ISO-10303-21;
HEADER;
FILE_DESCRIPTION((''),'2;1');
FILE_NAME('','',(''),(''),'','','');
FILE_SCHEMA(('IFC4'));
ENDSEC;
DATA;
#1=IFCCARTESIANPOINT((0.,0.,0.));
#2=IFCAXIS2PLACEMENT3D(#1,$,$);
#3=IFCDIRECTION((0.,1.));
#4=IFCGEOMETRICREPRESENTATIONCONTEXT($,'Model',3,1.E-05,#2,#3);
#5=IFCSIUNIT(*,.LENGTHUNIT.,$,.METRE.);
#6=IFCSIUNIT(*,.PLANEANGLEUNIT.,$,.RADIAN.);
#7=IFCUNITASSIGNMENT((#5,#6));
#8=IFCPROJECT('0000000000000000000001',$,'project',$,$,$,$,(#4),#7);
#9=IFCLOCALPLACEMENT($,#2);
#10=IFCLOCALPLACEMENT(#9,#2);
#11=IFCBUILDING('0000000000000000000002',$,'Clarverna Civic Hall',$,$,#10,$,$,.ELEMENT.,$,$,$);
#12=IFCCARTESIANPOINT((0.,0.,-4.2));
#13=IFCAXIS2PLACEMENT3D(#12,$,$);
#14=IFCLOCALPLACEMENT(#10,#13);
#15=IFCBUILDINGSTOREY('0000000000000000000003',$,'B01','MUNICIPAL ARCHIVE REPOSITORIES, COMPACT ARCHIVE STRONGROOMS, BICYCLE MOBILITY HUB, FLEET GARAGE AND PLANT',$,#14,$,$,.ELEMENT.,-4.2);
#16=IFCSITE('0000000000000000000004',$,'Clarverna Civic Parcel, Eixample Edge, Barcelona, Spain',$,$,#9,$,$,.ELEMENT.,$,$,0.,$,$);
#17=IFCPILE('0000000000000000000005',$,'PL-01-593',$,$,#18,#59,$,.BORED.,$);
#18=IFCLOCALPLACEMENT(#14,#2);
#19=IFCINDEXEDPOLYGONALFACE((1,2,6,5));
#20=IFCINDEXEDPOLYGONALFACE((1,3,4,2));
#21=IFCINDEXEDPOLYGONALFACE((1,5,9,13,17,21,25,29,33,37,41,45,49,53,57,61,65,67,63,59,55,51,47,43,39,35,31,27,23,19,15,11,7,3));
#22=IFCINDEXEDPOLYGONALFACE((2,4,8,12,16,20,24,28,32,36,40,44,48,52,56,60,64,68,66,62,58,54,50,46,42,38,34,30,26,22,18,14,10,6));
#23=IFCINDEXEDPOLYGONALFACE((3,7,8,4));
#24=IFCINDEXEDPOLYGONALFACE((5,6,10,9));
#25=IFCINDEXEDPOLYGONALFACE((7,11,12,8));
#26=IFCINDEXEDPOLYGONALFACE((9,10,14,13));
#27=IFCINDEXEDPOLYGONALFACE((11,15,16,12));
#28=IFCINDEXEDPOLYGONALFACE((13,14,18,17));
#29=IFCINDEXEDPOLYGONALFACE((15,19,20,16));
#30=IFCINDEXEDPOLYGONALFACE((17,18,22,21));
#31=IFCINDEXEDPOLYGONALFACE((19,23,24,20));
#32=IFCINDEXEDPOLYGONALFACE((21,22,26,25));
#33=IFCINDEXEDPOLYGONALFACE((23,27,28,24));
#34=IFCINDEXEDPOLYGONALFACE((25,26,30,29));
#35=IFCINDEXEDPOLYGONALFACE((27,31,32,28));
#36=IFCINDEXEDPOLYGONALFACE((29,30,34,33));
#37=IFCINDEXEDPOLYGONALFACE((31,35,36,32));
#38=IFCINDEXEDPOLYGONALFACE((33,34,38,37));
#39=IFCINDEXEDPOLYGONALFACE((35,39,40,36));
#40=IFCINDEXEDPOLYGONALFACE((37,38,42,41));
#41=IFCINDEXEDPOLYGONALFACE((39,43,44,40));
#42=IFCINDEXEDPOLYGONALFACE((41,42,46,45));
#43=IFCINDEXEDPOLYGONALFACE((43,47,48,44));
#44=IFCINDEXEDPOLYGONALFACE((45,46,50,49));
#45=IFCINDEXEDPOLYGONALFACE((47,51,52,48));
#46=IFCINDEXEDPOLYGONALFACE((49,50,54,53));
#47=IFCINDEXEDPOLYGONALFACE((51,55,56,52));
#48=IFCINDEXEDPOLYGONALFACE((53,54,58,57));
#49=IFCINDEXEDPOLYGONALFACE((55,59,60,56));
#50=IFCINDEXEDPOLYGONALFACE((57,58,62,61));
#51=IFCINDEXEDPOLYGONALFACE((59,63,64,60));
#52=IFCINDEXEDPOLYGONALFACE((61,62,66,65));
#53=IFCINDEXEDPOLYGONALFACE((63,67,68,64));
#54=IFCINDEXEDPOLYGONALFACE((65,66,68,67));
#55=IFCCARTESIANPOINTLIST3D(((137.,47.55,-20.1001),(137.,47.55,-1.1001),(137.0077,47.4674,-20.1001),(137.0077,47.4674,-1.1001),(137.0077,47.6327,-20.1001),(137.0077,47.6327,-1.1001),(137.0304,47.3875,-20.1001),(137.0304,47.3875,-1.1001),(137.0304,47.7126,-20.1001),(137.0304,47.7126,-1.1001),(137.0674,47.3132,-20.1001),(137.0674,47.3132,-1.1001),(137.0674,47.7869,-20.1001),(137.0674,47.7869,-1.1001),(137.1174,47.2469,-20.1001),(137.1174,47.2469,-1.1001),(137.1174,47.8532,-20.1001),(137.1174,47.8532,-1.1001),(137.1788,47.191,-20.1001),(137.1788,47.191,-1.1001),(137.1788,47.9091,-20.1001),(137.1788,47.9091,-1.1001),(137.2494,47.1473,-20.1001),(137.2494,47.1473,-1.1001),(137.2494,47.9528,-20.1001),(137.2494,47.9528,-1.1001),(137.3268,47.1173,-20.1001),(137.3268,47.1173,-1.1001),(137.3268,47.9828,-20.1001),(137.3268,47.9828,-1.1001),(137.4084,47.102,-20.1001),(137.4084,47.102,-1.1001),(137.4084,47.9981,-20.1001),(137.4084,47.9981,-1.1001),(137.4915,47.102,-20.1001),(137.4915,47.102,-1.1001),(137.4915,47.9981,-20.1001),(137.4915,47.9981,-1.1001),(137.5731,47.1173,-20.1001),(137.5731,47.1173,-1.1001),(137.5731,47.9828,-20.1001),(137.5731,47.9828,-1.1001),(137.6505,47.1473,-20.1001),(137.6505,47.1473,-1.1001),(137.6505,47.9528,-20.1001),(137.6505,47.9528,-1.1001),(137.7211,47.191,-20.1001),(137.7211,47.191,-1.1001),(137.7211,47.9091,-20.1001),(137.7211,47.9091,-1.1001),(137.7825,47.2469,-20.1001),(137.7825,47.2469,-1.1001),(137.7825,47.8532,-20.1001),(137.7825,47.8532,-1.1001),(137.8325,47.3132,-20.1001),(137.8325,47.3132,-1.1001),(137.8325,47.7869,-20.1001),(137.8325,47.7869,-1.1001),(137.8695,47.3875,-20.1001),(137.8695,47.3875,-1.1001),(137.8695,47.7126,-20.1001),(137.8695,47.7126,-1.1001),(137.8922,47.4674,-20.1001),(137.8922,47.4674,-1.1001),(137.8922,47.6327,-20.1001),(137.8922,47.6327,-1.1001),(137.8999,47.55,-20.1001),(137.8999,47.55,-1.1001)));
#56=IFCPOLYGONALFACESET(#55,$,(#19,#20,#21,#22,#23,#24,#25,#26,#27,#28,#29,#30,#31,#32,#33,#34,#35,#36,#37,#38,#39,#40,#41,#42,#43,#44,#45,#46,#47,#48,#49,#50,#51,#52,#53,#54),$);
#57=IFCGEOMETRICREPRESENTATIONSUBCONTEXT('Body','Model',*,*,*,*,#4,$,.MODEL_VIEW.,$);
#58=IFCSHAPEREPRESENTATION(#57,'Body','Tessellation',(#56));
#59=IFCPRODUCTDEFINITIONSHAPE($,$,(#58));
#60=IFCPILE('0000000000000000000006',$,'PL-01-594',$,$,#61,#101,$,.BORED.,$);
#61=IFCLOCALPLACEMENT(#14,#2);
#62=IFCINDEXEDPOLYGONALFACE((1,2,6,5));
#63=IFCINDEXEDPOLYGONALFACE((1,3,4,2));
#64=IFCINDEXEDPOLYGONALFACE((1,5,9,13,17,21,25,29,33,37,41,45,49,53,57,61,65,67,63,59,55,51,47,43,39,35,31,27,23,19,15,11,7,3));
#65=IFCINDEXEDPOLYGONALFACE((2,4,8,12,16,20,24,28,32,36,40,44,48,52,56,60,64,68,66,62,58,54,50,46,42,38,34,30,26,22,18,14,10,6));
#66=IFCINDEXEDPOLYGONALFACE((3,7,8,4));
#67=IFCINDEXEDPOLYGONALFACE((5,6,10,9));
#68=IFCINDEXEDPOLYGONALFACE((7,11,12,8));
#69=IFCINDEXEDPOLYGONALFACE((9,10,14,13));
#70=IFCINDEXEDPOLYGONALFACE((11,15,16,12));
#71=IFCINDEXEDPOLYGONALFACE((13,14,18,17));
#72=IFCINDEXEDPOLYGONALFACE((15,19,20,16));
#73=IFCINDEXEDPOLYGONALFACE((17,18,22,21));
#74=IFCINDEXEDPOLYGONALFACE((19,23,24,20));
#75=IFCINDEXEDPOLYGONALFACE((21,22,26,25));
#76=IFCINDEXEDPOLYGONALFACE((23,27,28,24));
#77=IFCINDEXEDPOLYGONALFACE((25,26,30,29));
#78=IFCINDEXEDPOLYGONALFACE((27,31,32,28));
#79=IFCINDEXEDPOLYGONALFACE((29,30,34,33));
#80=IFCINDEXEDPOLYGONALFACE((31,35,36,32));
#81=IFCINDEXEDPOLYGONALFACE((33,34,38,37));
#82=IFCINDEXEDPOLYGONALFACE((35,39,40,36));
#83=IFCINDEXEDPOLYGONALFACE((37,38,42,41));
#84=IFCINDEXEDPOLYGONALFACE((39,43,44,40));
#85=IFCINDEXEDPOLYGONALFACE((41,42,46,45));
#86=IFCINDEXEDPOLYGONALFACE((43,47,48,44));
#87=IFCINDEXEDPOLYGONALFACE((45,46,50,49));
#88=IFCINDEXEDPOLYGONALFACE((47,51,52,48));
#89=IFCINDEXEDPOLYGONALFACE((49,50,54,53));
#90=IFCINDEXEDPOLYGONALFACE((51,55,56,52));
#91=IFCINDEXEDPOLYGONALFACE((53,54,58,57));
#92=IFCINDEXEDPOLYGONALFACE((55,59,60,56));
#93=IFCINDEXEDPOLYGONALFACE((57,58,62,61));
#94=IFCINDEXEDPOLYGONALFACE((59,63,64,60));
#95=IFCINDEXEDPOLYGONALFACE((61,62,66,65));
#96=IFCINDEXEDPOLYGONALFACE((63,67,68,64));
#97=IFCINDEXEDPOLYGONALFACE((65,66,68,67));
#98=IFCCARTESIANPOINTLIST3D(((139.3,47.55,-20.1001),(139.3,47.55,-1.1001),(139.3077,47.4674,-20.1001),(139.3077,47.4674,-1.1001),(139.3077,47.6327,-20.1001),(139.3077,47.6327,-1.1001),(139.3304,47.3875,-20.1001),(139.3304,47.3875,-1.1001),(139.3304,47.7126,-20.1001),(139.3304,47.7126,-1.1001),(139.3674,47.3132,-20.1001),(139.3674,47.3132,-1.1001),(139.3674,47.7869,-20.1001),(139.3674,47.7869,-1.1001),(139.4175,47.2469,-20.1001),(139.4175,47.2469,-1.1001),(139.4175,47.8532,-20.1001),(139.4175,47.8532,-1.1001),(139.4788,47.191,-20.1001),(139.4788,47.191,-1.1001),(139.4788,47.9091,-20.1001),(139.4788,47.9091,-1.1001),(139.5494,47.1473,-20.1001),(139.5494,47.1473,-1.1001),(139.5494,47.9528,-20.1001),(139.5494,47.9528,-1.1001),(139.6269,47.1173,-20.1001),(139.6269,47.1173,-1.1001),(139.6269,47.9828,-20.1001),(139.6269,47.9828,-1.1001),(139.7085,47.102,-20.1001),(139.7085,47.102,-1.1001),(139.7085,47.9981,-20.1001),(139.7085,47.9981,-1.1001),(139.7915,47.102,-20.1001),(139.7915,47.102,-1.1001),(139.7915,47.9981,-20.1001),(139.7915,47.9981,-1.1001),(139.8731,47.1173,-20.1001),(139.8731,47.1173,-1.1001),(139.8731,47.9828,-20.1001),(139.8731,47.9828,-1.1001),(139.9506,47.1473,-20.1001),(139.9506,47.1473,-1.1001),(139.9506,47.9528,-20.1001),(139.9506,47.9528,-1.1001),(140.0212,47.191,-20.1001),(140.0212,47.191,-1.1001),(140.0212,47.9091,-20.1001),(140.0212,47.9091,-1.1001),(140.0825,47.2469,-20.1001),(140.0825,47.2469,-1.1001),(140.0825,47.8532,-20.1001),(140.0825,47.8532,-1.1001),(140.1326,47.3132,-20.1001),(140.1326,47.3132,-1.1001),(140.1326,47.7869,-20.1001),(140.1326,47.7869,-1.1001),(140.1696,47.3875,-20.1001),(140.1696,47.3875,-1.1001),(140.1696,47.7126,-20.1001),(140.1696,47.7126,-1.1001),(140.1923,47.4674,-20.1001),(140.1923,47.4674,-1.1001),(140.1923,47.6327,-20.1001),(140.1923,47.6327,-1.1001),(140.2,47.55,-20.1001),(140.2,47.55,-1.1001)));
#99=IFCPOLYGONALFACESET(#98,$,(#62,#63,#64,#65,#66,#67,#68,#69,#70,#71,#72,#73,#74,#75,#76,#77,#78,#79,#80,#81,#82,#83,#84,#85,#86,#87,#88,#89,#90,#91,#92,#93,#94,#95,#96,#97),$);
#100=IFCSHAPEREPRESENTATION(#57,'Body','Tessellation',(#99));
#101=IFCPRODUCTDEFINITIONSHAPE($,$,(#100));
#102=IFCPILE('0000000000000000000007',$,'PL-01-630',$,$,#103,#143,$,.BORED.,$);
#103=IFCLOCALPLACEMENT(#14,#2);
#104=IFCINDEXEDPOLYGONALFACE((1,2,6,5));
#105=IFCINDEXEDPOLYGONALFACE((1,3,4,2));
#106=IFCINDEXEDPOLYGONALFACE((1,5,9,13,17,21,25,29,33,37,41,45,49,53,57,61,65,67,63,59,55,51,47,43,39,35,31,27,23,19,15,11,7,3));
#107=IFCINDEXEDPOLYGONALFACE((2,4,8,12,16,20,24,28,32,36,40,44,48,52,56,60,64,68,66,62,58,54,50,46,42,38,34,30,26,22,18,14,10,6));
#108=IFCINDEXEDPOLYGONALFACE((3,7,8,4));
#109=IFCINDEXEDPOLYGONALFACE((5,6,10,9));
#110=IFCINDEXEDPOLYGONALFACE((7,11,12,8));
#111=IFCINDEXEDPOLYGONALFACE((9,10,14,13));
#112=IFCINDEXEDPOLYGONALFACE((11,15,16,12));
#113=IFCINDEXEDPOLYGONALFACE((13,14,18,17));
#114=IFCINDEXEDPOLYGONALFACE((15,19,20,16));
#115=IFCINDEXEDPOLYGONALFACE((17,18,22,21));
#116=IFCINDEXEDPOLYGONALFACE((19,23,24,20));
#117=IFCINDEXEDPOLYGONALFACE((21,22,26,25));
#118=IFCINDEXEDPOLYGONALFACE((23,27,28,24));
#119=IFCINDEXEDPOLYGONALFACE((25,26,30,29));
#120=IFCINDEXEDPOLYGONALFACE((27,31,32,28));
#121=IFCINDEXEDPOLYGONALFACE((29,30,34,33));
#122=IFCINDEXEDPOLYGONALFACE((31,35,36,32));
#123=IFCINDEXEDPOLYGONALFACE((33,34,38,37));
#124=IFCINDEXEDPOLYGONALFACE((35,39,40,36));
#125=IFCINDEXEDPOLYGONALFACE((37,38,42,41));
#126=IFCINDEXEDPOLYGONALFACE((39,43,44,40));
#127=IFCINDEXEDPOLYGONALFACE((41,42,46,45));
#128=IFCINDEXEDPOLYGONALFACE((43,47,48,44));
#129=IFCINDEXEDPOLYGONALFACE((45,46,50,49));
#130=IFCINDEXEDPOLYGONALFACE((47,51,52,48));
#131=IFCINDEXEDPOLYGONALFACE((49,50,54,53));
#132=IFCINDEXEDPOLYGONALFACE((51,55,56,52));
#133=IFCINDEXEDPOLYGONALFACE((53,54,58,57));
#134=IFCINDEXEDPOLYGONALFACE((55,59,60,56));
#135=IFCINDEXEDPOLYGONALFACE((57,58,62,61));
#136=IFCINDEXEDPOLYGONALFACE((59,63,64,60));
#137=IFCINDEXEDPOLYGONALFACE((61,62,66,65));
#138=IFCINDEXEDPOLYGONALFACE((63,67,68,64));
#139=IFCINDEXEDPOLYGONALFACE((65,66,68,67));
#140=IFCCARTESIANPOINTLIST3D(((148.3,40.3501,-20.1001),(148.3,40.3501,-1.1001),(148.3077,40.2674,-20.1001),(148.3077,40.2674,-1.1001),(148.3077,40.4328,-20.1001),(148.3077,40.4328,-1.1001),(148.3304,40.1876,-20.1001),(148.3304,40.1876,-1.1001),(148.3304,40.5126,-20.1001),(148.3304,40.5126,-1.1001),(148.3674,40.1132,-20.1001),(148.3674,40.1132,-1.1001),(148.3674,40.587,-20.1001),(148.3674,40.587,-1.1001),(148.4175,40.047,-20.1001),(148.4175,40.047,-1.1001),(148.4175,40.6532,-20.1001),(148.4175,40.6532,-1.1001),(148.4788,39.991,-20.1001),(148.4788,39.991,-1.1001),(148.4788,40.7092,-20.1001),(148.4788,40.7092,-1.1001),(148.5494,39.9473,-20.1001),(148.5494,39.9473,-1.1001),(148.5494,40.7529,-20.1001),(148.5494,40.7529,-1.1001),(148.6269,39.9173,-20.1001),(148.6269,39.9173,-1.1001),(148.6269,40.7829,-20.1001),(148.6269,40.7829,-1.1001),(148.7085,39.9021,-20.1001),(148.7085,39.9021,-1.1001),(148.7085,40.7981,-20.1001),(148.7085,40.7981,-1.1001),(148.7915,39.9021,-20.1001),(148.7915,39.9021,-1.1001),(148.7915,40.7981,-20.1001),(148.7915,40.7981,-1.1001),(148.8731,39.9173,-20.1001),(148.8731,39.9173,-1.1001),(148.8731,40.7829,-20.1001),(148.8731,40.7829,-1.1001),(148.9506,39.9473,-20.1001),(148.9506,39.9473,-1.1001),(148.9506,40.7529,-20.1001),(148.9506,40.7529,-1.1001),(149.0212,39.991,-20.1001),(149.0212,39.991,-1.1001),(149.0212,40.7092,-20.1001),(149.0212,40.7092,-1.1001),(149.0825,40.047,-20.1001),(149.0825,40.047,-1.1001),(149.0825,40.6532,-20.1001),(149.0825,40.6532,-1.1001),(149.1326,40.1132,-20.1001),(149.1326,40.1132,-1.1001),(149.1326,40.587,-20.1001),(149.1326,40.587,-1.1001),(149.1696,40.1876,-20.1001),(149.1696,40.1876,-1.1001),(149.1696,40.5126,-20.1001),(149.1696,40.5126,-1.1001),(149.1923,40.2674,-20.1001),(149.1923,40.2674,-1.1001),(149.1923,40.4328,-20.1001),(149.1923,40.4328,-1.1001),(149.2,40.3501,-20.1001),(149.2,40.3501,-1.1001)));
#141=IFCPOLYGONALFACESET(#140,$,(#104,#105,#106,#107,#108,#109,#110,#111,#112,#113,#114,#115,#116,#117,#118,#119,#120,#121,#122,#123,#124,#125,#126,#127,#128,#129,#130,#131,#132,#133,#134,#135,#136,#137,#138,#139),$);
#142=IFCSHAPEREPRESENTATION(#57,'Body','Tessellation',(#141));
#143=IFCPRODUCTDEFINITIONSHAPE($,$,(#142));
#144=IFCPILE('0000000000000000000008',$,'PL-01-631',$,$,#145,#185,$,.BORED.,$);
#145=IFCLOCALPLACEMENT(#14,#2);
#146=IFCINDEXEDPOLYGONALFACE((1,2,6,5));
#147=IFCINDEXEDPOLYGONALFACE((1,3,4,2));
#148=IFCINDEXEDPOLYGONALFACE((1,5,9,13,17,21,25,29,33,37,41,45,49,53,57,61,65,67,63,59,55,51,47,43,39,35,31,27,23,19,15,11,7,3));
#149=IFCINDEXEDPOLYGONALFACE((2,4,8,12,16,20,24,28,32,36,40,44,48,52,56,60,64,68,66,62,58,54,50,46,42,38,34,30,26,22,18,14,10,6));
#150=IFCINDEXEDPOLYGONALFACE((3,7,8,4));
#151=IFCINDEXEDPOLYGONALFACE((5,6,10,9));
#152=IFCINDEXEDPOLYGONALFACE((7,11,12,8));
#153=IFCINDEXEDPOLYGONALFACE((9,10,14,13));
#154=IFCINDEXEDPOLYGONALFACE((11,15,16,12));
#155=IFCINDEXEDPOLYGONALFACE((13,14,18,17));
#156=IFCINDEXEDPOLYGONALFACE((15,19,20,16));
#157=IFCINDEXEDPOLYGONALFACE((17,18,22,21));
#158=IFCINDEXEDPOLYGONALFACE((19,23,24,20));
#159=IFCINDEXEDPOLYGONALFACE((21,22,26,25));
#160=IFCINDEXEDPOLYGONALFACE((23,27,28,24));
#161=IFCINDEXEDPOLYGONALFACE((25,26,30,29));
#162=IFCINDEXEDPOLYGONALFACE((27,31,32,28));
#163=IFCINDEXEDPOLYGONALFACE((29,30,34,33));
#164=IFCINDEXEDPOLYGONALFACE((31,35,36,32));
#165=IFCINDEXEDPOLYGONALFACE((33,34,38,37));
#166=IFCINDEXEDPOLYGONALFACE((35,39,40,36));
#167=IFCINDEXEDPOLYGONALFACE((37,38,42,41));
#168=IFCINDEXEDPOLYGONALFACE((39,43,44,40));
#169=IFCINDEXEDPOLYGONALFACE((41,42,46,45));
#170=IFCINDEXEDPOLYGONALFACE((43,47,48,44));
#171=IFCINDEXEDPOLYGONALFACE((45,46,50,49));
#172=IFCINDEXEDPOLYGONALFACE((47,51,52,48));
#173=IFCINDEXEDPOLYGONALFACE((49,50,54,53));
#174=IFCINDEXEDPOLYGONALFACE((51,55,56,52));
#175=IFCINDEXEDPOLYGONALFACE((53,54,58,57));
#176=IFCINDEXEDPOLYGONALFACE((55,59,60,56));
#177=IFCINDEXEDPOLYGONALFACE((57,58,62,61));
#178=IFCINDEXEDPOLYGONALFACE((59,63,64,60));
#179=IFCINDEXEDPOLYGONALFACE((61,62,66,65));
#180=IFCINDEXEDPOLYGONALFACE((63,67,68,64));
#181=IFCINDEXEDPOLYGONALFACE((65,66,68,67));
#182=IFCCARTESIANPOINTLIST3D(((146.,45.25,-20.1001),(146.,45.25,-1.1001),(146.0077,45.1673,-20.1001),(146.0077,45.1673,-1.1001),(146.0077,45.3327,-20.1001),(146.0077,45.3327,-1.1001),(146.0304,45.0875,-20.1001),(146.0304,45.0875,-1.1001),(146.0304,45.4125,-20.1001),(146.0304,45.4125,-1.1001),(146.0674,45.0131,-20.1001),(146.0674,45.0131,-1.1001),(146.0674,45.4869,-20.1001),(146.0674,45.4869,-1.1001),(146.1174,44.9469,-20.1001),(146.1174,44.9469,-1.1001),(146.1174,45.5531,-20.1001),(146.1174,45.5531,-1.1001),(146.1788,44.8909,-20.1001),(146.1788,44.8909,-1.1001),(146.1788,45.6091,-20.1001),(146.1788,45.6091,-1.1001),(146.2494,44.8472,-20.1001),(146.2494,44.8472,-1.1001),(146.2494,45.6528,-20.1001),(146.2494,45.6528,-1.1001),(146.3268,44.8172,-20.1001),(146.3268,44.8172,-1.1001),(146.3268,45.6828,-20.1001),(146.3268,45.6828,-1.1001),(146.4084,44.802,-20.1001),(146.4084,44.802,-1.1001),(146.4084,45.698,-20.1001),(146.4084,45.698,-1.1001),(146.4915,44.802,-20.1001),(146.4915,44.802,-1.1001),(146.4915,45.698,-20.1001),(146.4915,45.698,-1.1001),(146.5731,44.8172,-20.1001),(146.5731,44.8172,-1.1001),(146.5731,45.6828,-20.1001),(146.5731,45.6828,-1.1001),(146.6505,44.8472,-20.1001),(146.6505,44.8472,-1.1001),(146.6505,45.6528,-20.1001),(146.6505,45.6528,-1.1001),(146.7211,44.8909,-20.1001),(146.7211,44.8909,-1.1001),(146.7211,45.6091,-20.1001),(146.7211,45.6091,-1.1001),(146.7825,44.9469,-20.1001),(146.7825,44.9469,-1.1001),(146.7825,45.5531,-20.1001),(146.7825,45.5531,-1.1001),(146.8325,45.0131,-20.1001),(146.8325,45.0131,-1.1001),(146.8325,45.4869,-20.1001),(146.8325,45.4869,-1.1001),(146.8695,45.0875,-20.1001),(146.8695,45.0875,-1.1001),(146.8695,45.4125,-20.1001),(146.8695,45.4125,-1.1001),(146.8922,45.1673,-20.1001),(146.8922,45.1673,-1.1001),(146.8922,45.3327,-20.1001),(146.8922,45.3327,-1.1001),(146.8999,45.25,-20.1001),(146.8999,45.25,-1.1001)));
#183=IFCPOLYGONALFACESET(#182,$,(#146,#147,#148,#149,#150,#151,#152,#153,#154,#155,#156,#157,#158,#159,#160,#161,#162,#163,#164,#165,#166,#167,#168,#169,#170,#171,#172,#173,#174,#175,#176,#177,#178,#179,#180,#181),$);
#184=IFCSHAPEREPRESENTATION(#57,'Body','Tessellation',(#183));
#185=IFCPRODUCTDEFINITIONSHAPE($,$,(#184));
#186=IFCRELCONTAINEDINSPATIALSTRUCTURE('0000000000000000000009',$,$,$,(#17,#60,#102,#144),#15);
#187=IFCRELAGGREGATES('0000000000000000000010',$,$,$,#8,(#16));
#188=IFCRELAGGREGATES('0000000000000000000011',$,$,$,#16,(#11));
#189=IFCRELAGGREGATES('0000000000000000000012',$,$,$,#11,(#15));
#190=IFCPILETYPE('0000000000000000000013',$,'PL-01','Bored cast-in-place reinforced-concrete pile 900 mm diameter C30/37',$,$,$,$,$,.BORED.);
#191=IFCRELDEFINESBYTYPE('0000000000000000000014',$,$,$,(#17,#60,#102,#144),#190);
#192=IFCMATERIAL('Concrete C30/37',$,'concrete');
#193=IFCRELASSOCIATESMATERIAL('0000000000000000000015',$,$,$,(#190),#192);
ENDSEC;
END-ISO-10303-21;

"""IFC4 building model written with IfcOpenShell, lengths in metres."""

from ifc_helpers import new_model, si_unit, direction, frame, origin, origin_2d, place, context, subcontext, project, spatial, circle, extrude, material, material_profile, profile_set, type_object, element, save


model = new_model("IFC4")

# Units and contexts
model_context = context("Model", 3, precision=1e-05, world=origin(), true_north=direction((0.0, 1.0)))
body_context = subcontext(model_context, "Body", "Model", "MODEL_VIEW")
ifc_project = project(units=[si_unit("LENGTHUNIT", "METRE"), si_unit("PLANEANGLEUNIT", "RADIAN")], contexts=[model_context])

# Site, building, storey
site_placement = place(None, origin())
site = spatial("IfcSite", under=ifc_project, at=site_placement, Name="Clarverna Civic Parcel, Eixample Edge, Barcelona, Spain", CompositionType="ELEMENT", RefElevation=0.0)
building_placement = place(site_placement, origin())
building = spatial("IfcBuilding", under=site, at=building_placement, Name="Clarverna Civic Hall", CompositionType="ELEMENT")
storey_placement = place(building_placement, frame((0.0, 0.0, -4.2)))
storey = spatial("IfcBuildingStorey", under=building, at=storey_placement, Name="B01", Description="MUNICIPAL ARCHIVE REPOSITORIES, COMPACT ARCHIVE STRONGROOMS, BICYCLE MOBILITY HUB, FLEET GARAGE AND PLANT", CompositionType="ELEMENT", Elevation=-4.2)

# Shared definitions
ifc_material_1 = material(Name="Concrete C30/37", Category="concrete")

# Piles
ifc_material_profile_1 = material_profile(ifc_material_1, circle(Radius=0.45, at=origin_2d()), Name="BORED PILE D900")
ifc_profile_set_1 = profile_set([ifc_material_profile_1], Name="Concrete C30/37")
pile_type = type_object("IfcPileType", Name="PL-01", Description="Bored cast-in-place reinforced-concrete pile 900 mm diameter C30/37", PredefinedType="BORED", material=ifc_profile_set_1)
for number, where, z_axis, x_axis, name in (
    (1, (137.45, 47.55, -1.1001), (0.0, 0.0, -1.0), (1.0, 0.0, 0.0), "PL-01-593"),
    (2, (139.75, 47.55, -1.1001), (0.0, 0.0, -1.0), (1.0, 0.0, 0.0), "PL-01-594"),
    (3, (148.75, 40.3501, -1.1001), (0.0, 0.0, -1.0), (1.0, 0.0, 0.0), "PL-01-630"),
    (4, (146.45, 45.25, -1.1001), (0.0, 0.0, -1.0), (1.0, 0.0, 0.0), "PL-01-631"),
):
    element("IfcPile", number, at=place(storey_placement, frame(where, z_axis=z_axis, x_axis=x_axis)), inside=storey, type_object=pile_type, Name=name, PredefinedType="BORED", context=body_context, shape_type="SweptSolid", body=[
        extrude(circle(Radius=0.45, at=origin_2d()), origin(), (0.0, 0.0, 1.0), 19.0),
    ])

save(model, "model.ifc")
